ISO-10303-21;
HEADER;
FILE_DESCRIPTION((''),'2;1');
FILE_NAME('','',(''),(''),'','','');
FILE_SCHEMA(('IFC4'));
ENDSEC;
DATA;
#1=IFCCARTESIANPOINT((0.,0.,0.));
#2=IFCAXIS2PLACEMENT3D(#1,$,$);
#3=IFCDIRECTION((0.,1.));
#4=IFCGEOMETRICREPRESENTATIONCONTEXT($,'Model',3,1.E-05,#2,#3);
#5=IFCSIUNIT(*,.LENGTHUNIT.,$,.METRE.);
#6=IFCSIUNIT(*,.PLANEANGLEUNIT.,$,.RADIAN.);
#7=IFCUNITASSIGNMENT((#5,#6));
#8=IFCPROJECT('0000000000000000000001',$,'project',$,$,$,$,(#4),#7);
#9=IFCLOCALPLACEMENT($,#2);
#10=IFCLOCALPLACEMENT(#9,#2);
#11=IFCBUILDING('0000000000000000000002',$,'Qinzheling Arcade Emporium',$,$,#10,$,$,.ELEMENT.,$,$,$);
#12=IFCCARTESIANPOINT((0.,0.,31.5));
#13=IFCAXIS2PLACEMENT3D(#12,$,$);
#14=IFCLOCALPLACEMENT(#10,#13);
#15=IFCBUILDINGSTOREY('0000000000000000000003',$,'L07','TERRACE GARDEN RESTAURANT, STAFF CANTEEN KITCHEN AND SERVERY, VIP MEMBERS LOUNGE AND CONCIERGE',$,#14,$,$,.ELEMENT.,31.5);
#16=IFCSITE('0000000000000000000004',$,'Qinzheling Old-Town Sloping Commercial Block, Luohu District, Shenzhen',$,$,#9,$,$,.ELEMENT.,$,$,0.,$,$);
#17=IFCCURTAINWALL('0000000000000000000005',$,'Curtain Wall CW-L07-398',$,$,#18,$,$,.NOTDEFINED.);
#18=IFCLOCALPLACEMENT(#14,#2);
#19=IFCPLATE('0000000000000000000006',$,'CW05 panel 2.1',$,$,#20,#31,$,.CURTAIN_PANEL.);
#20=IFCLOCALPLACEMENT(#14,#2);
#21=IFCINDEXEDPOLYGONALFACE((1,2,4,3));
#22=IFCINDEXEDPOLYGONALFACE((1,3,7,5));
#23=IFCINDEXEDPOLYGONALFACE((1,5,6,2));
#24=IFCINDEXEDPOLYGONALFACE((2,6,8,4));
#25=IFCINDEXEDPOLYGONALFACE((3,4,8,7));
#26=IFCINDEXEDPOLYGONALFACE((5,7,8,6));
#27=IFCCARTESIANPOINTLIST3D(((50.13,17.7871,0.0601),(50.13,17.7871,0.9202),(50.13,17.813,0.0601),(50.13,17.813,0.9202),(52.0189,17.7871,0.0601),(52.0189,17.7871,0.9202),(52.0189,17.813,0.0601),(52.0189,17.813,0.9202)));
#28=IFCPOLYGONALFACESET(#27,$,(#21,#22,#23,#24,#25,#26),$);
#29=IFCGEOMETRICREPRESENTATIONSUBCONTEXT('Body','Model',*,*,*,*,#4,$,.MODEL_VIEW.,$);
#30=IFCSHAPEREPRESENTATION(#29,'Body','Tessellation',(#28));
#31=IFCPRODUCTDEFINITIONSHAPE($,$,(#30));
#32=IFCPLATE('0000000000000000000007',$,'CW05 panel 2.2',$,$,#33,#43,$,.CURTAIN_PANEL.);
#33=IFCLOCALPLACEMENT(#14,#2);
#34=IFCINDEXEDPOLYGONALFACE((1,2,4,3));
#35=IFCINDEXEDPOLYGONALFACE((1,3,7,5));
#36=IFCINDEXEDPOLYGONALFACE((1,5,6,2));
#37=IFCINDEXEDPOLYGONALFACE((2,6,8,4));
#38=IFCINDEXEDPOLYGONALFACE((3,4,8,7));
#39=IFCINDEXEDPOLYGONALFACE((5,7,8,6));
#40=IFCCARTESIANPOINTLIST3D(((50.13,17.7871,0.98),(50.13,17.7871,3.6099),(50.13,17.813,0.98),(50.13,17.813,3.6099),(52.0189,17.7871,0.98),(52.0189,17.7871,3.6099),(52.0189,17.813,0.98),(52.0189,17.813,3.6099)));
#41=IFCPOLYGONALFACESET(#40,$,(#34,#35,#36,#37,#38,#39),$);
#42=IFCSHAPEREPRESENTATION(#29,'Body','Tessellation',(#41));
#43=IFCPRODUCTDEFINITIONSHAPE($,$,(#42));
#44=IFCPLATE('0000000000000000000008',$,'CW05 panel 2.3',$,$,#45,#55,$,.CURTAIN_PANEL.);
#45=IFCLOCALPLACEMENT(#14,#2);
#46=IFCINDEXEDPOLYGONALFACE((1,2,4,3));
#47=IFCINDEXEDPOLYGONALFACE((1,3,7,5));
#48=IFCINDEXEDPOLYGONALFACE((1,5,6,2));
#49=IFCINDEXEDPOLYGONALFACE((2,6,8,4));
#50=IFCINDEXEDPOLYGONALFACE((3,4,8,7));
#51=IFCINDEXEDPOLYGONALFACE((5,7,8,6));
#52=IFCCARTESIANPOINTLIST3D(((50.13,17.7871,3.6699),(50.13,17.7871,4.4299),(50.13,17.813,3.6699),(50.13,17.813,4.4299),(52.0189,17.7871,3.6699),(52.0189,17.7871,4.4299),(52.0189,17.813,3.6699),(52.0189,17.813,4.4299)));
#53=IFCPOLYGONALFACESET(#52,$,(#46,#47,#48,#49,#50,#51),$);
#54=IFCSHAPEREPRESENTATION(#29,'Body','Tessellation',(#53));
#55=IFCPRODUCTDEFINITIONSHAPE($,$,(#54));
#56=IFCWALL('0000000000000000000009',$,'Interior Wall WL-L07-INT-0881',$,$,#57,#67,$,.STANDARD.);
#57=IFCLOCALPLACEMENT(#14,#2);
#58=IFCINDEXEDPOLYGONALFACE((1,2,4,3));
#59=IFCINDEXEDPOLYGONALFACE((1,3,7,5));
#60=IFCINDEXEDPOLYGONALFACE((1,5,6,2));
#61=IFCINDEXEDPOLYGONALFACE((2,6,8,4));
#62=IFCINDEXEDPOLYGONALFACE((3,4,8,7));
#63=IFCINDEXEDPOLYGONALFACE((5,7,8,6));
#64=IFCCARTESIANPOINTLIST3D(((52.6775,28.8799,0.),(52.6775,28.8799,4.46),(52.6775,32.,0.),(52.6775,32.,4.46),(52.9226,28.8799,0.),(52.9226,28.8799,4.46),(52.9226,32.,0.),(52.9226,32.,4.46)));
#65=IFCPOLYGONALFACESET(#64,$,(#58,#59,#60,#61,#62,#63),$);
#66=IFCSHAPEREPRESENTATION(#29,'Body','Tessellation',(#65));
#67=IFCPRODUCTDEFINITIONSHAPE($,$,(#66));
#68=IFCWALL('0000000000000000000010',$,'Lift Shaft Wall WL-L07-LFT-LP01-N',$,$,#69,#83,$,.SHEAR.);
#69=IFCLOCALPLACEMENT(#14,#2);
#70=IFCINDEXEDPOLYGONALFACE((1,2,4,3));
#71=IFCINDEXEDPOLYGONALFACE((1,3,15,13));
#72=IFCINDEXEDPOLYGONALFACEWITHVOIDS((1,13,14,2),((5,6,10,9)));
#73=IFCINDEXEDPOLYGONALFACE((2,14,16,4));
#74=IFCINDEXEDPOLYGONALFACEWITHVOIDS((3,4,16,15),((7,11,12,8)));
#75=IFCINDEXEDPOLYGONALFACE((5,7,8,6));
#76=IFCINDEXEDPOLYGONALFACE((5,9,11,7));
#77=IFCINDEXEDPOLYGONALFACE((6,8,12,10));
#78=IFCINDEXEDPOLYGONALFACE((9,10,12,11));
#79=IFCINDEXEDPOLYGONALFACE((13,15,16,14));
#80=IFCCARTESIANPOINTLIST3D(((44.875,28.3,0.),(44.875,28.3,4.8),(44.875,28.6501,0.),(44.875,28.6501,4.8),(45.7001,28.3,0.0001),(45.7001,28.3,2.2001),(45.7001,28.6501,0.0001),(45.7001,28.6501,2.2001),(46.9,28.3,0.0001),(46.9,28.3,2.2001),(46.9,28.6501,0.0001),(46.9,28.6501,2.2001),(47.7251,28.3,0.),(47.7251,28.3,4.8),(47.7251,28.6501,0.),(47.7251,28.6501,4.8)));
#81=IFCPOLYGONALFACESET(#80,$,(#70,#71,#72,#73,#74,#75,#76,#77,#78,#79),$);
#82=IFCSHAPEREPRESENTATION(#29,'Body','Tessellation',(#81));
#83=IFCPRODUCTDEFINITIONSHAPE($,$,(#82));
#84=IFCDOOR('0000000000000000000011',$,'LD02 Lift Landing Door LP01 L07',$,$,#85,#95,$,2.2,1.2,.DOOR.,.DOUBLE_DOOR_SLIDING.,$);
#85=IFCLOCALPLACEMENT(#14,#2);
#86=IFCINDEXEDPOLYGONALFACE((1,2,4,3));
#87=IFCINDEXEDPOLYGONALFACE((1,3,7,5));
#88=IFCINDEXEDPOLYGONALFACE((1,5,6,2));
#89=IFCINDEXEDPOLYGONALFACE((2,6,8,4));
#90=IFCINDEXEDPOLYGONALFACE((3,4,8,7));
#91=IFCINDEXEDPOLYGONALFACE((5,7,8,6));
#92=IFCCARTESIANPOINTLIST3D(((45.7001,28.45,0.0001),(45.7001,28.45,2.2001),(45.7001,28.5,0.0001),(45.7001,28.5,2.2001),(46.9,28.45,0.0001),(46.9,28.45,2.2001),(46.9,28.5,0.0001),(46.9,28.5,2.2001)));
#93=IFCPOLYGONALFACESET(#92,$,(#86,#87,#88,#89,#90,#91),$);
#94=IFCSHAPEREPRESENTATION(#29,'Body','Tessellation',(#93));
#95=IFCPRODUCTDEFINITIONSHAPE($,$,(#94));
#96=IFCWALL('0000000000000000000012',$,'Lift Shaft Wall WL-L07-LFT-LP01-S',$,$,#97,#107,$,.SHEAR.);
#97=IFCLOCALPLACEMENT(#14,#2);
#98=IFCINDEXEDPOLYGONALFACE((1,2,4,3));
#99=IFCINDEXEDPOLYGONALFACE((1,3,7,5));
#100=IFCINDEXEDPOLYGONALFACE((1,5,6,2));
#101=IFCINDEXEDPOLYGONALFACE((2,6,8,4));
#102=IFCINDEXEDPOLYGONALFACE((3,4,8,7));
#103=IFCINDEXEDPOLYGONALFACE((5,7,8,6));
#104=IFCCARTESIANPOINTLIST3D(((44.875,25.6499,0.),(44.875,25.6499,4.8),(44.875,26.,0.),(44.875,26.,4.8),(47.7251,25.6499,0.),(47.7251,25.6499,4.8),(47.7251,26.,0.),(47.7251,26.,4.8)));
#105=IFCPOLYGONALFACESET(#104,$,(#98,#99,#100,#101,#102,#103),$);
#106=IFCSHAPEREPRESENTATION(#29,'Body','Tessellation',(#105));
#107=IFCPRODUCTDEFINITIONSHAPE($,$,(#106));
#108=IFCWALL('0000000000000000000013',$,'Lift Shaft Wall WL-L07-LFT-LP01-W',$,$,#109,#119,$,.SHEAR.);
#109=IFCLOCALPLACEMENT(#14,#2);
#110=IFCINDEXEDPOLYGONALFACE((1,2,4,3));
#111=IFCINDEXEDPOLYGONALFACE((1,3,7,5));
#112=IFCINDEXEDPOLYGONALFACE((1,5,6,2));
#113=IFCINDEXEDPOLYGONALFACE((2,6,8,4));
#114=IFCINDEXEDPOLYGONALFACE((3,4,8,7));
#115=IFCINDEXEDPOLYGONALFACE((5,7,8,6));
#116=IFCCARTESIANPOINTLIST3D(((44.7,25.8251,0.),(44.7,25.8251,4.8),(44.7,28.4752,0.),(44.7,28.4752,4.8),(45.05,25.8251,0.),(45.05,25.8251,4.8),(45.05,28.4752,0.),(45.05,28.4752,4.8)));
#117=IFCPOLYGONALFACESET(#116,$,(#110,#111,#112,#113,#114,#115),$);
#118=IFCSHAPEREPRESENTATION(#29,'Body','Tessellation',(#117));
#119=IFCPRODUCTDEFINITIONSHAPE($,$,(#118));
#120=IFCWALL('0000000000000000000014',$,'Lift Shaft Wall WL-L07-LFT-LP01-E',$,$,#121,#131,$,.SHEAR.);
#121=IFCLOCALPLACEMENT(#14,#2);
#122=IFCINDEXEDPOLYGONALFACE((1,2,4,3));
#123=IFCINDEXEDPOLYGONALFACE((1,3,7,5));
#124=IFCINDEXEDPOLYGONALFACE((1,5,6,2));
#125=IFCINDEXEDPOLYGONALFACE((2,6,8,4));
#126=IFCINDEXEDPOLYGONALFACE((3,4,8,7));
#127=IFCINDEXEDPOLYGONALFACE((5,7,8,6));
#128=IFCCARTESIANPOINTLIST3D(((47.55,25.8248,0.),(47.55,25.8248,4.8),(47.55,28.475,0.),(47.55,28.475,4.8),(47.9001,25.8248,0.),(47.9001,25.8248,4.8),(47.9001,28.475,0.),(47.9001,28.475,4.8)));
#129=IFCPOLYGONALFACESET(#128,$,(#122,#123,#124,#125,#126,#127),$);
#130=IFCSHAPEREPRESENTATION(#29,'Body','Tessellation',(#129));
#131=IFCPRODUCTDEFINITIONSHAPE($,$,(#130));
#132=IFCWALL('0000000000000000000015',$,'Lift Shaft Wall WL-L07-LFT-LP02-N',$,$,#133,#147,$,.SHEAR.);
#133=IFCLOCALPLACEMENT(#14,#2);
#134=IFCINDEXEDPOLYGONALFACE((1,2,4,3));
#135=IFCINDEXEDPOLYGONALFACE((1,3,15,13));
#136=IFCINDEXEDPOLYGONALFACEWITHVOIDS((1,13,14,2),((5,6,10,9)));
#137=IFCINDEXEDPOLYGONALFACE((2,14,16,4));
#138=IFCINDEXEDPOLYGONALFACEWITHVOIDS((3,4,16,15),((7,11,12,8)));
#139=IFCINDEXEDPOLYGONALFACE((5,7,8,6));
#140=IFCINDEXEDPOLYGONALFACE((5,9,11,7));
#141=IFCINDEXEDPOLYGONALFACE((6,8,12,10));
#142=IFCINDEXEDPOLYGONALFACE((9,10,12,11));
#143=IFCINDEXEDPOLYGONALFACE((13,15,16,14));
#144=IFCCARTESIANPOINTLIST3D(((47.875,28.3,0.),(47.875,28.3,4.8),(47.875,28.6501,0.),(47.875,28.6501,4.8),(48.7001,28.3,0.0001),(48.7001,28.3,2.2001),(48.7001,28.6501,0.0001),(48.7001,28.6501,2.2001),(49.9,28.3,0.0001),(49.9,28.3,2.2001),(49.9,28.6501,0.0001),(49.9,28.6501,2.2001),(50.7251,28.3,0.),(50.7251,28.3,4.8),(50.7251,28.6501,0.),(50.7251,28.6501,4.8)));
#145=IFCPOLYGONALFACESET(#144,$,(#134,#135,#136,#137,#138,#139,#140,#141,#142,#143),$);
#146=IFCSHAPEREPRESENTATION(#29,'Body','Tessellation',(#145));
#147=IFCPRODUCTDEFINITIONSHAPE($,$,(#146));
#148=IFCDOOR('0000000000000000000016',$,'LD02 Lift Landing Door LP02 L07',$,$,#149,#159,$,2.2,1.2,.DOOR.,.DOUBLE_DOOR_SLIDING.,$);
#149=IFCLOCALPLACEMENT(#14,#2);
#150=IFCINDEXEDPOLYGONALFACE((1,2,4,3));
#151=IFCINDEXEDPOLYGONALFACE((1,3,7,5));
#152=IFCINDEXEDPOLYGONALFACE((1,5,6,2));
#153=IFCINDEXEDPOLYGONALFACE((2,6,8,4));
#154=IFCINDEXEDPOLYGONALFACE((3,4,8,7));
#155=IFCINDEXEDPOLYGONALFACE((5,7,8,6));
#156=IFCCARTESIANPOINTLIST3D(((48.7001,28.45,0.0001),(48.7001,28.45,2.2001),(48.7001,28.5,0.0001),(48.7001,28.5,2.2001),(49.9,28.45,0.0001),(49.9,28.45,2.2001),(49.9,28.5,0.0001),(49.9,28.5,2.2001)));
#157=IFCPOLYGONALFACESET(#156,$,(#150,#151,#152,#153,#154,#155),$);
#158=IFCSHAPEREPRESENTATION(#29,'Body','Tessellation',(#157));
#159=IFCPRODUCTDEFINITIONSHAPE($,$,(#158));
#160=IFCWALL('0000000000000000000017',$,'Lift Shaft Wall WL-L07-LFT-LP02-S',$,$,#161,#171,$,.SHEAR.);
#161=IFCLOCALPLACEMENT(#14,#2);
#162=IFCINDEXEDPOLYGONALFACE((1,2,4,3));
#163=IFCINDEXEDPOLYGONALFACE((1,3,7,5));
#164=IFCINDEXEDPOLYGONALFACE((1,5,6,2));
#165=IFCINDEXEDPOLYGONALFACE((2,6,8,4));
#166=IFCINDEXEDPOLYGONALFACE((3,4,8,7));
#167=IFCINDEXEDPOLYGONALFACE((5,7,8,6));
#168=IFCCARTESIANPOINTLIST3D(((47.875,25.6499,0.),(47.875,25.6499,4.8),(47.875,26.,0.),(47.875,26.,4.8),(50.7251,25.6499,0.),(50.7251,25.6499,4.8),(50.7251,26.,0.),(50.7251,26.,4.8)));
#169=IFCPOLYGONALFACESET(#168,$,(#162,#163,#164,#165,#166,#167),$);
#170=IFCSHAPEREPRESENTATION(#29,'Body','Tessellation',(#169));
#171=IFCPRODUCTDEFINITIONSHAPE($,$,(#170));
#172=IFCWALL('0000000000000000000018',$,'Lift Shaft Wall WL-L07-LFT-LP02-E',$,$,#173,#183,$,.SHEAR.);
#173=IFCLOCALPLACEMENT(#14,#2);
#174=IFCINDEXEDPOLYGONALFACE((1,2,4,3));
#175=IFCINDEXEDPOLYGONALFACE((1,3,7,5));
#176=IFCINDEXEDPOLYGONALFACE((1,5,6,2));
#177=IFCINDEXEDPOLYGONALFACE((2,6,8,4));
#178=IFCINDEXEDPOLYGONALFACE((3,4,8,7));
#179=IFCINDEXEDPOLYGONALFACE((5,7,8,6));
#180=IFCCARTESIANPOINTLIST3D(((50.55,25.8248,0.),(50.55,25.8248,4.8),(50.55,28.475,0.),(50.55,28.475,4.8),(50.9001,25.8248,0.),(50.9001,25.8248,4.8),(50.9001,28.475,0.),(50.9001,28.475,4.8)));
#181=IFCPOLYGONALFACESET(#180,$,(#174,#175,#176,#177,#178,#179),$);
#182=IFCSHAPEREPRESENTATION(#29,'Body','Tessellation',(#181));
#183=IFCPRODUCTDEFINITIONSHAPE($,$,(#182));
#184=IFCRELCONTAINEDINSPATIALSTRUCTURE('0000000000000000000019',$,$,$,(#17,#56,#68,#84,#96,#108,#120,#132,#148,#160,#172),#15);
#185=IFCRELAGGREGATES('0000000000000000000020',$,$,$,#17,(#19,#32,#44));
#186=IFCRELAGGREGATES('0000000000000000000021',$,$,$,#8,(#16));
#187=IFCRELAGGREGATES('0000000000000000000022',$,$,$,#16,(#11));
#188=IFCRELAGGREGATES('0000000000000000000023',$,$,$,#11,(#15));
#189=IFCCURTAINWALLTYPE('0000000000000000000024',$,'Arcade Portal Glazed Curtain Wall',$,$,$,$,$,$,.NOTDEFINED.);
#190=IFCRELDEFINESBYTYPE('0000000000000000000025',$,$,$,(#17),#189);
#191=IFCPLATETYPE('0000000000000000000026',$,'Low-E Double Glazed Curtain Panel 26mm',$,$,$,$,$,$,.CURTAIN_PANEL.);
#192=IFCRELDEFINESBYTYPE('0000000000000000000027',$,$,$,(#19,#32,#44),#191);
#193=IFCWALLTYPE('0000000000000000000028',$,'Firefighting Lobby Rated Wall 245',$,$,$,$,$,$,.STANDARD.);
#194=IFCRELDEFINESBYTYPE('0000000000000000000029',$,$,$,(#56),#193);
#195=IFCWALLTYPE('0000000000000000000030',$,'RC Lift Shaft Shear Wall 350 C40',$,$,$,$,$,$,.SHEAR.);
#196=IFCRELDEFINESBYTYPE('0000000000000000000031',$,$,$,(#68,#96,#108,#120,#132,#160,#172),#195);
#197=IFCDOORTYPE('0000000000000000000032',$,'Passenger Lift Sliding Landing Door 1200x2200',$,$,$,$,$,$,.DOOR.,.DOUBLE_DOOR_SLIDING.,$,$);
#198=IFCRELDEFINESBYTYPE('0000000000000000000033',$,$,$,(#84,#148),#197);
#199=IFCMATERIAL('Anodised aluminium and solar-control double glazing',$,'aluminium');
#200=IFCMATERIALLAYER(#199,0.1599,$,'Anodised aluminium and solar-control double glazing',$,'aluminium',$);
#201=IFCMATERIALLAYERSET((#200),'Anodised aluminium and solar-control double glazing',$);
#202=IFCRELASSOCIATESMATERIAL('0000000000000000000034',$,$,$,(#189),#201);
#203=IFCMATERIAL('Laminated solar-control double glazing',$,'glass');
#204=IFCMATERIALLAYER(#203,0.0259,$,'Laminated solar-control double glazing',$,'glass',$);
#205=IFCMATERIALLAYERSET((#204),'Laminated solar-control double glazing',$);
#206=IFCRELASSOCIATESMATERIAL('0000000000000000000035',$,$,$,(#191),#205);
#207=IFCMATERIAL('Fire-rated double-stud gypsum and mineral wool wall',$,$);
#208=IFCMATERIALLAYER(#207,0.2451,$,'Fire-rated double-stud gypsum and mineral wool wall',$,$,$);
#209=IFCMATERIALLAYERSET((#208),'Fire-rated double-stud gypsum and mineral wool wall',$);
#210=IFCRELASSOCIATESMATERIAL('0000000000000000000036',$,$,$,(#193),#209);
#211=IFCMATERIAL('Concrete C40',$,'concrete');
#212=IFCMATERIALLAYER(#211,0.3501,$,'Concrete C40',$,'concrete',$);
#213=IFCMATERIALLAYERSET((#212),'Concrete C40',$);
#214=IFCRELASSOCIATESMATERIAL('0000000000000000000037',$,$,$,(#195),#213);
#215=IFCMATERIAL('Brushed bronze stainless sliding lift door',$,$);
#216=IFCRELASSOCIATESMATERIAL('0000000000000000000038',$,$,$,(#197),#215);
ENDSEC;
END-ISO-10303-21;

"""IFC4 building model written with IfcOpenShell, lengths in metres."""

from ifc_helpers import new_model, si_unit, direction, frame, frame_2d, origin, origin_2d, place, context, subcontext, project, spatial, rectangle, extrude, material, layer, layer_set, type_object, element, fill, aggregate, save


model = new_model("IFC4")

# Units and contexts
model_context = context("Model", 3, precision=1e-05, world=origin(), true_north=direction((0.0, 1.0)))
body_context = subcontext(model_context, "Body", "Model", "MODEL_VIEW")
ifc_project = project(units=[si_unit("LENGTHUNIT", "METRE"), si_unit("PLANEANGLEUNIT", "RADIAN")], contexts=[model_context])

# Site, building, storey
site_placement = place(None, origin())
site = spatial("IfcSite", under=ifc_project, at=site_placement, Name="Qinzheling Old-Town Sloping Commercial Block, Luohu District, Shenzhen", CompositionType="ELEMENT", RefElevation=0.0)
building_placement = place(site_placement, origin())
building = spatial("IfcBuilding", under=site, at=building_placement, Name="Qinzheling Arcade Emporium", CompositionType="ELEMENT")
storey_placement = place(building_placement, frame((0.0, 0.0, 31.5)))
storey = spatial("IfcBuildingStorey", under=building, at=storey_placement, Name="L07", Description="TERRACE GARDEN RESTAURANT, STAFF CANTEEN KITCHEN AND SERVERY, VIP MEMBERS LOUNGE AND CONCIERGE", CompositionType="ELEMENT", Elevation=31.5)

# Shared definitions
ifc_material_1 = material(Name="Concrete C40", Category="concrete")

# Curtain wall
ifc_material_2 = material(Name="Anodised aluminium and solar-control double glazing", Category="aluminium")
ifc_layer_1 = layer(ifc_material_2, 0.1599, Name="Anodised aluminium and solar-control double glazing", Category="aluminium")
ifc_layer_set_1 = layer_set([ifc_layer_1], Name="Anodised aluminium and solar-control double glazing")
curtain_wall_type = type_object("IfcCurtainWallType", Name="Arcade Portal Glazed Curtain Wall", PredefinedType="NOTDEFINED", material=ifc_layer_set_1)
curtain_wall_placement = place(storey_placement, origin())
curtain_wall = element("IfcCurtainWall", 1, at=curtain_wall_placement, inside=storey, type_object=curtain_wall_type, Name="Curtain Wall CW-L07-398", PredefinedType="NOTDEFINED")

# Plates
ifc_material_3 = material(Name="Laminated solar-control double glazing", Category="glass")
ifc_layer_2 = layer(ifc_material_3, 0.0259, Name="Laminated solar-control double glazing", Category="glass")
ifc_layer_set_2 = layer_set([ifc_layer_2], Name="Laminated solar-control double glazing")
plate_type = type_object("IfcPlateType", Name="Low-E Double Glazed Curtain Panel 26mm", PredefinedType="CURTAIN_PANEL", material=ifc_layer_set_2)
plate_1_placement = place(storey_placement, frame((51.0745, 17.8, 0.0601), z_axis=(0.0, 0.0, 1.0), x_axis=(-1.0, 0.0, 0.0)))
plate_1 = element("IfcPlate", 2, at=plate_1_placement, type_object=plate_type, Name="CW05 panel 2.1", PredefinedType="CURTAIN_PANEL", context=body_context, shape_type="SweptSolid", body=[
    extrude(rectangle(XDim=1.8889, YDim=0.0259, at=origin_2d()), origin(), (0.0, 0.0, 1.0), 0.8601),
])
plate_2_placement = place(storey_placement, frame((51.0745, 17.8, 0.98), z_axis=(0.0, 0.0, 1.0), x_axis=(-1.0, 0.0, 0.0)))
plate_2 = element("IfcPlate", 3, at=plate_2_placement, type_object=plate_type, Name="CW05 panel 2.2", PredefinedType="CURTAIN_PANEL", context=body_context, shape_type="SweptSolid", body=[
    extrude(rectangle(XDim=1.8889, YDim=0.0259, at=origin_2d()), origin(), (0.0, 0.0, 1.0), 2.6299),
])
plate_3_placement = place(storey_placement, frame((51.0745, 17.8, 3.6699), z_axis=(0.0, 0.0, 1.0), x_axis=(-1.0, 0.0, 0.0)))
plate_3 = element("IfcPlate", 4, at=plate_3_placement, type_object=plate_type, Name="CW05 panel 2.3", PredefinedType="CURTAIN_PANEL", context=body_context, shape_type="SweptSolid", body=[
    extrude(rectangle(XDim=1.8889, YDim=0.0259, at=origin_2d()), origin(), (0.0, 0.0, 1.0), 0.76),
])
aggregate(curtain_wall, [plate_1, plate_2, plate_3])

# Wall
ifc_material_4 = material(Name="Fire-rated double-stud gypsum and mineral wool wall")
ifc_layer_3 = layer(ifc_material_4, 0.2451, Name="Fire-rated double-stud gypsum and mineral wool wall")
ifc_layer_set_3 = layer_set([ifc_layer_3], Name="Fire-rated double-stud gypsum and mineral wool wall")
wall_type_1 = type_object("IfcWallType", Name="Firefighting Lobby Rated Wall 245", PredefinedType="STANDARD", material=ifc_layer_set_3)
wall_1_placement = place(storey_placement, frame((52.8, 28.8799, 0.0), z_axis=(0.0, 0.0, 1.0), x_axis=(0.0, 1.0, 0.0)))
element("IfcWall", 5, at=wall_1_placement, inside=storey, type_object=wall_type_1, Name="Interior Wall WL-L07-INT-0881", PredefinedType="STANDARD", context=body_context, shape_type="SweptSolid", body=[
    extrude(rectangle(XDim=3.1201, YDim=0.2451, at=frame_2d((1.5601, 0.0))), origin(), (0.0, 0.0, 1.0), 4.46),
])

# Wall, opening, door
ifc_layer_4 = layer(ifc_material_1, 0.3501, Name="Concrete C40", Category="concrete")
ifc_layer_set_4 = layer_set([ifc_layer_4], Name="Concrete C40")
wall_type_2 = type_object("IfcWallType", Name="RC Lift Shaft Shear Wall 350 C40", PredefinedType="SHEAR", material=ifc_layer_set_4)
wall_2_placement = place(storey_placement, frame((44.875, 28.4751, 0.0), z_axis=(0.0, 0.0, 1.0), x_axis=(1.0, 0.0, 0.0)))
wall_2 = element("IfcWall", 6, at=wall_2_placement, inside=storey, type_object=wall_type_2, Name="Lift Shaft Wall WL-L07-LFT-LP01-N", PredefinedType="SHEAR", context=body_context, shape_type="SweptSolid", body=[
    extrude(rectangle(XDim=2.8501, YDim=0.3501, at=frame_2d((1.425, 0.0))), origin(), (0.0, 0.0, 1.0), 4.8),
])
opening_1_placement = place(wall_2_placement, frame((0.825, 0.0, 0.0)))
opening_1 = element("IfcOpeningElement", 7, at=opening_1_placement, cuts=wall_2, PredefinedType="OPENING", context=body_context, shape_type="SweptSolid", body=[
    extrude(rectangle(XDim=1.2, YDim=2.2, at=frame_2d((0.6001, 1.1001))), frame((0.0, 0.1851, 0.0), z_axis=(0.0, -1.0, 0.0), x_axis=(1.0, 0.0, 0.0)), (0.0, 0.0, 1.0), 0.3701),
])
ifc_material_5 = material(Name="Brushed bronze stainless sliding lift door")
door_type = type_object("IfcDoorType", Name="Passenger Lift Sliding Landing Door 1200x2200", OperationType="DOUBLE_DOOR_SLIDING", PredefinedType="DOOR", material=ifc_material_5)
door_1_placement = place(opening_1_placement, origin())
door_1 = element("IfcDoor", 8, at=door_1_placement, inside=storey, type_object=door_type, Name="LD02 Lift Landing Door LP01 L07", OperationType="DOUBLE_DOOR_SLIDING", OverallHeight=2.2, OverallWidth=1.2, PredefinedType="DOOR", context=body_context, shape_type="SweptSolid", body=[
    extrude(rectangle(XDim=1.2, YDim=2.2, at=frame_2d((0.6001, 1.1001))), frame((0.0, 0.0249, 0.0), z_axis=(0.0, -1.0, 0.0), x_axis=(1.0, 0.0, 0.0)), (0.0, 0.0, 1.0), 0.05),
])
fill(opening_1, door_1)

# Walls
wall_3_placement = place(storey_placement, frame((47.7251, 25.825, 0.0), z_axis=(0.0, 0.0, 1.0), x_axis=(-1.0, 0.0, 0.0)))
element("IfcWall", 9, at=wall_3_placement, inside=storey, type_object=wall_type_2, Name="Lift Shaft Wall WL-L07-LFT-LP01-S", PredefinedType="SHEAR", context=body_context, shape_type="SweptSolid", body=[
    extrude(rectangle(XDim=2.8501, YDim=0.3501, at=frame_2d((1.425, 0.0))), origin(), (0.0, 0.0, 1.0), 4.8),
])
for number, where, z_axis, x_axis, name in (
    (10, (44.875, 25.825, 0.0), (0.0, 0.0, 1.0), (0.0, 1.0, 0.0), "Lift Shaft Wall WL-L07-LFT-LP01-W"),
    (11, (47.7251, 28.4751, 0.0), (0.0, 0.0, 1.0), (0.0, -1.0, 0.0), "Lift Shaft Wall WL-L07-LFT-LP01-E"),
):
    element("IfcWall", number, at=place(storey_placement, frame(where, z_axis=z_axis, x_axis=x_axis)), inside=storey, type_object=wall_type_2, Name=name, PredefinedType="SHEAR", context=body_context, shape_type="SweptSolid", body=[
        extrude(rectangle(XDim=2.6501, YDim=0.3501, at=frame_2d((1.3252, 0.0))), origin(), (0.0, 0.0, 1.0), 4.8),
    ])

# Wall, opening, door
wall_4_placement = place(storey_placement, frame((47.875, 28.4751, 0.0), z_axis=(0.0, 0.0, 1.0), x_axis=(1.0, 0.0, 0.0)))
wall_4 = element("IfcWall", 12, at=wall_4_placement, inside=storey, type_object=wall_type_2, Name="Lift Shaft Wall WL-L07-LFT-LP02-N", PredefinedType="SHEAR", context=body_context, shape_type="SweptSolid", body=[
    extrude(rectangle(XDim=2.8501, YDim=0.3501, at=frame_2d((1.425, 0.0))), origin(), (0.0, 0.0, 1.0), 4.8),
])
opening_2_placement = place(wall_4_placement, frame((0.825, 0.0, 0.0)))
opening_2 = element("IfcOpeningElement", 13, at=opening_2_placement, cuts=wall_4, PredefinedType="OPENING", context=body_context, shape_type="SweptSolid", body=[
    extrude(rectangle(XDim=1.2, YDim=2.2, at=frame_2d((0.6001, 1.1001))), frame((0.0, 0.1851, 0.0), z_axis=(0.0, -1.0, 0.0), x_axis=(1.0, 0.0, 0.0)), (0.0, 0.0, 1.0), 0.3701),
])
door_2_placement = place(opening_2_placement, origin())
door_2 = element("IfcDoor", 14, at=door_2_placement, inside=storey, type_object=door_type, Name="LD02 Lift Landing Door LP02 L07", OperationType="DOUBLE_DOOR_SLIDING", OverallHeight=2.2, OverallWidth=1.2, PredefinedType="DOOR", context=body_context, shape_type="SweptSolid", body=[
    extrude(rectangle(XDim=1.2, YDim=2.2, at=frame_2d((0.6001, 1.1001))), frame((0.0, 0.0249, 0.0), z_axis=(0.0, -1.0, 0.0), x_axis=(1.0, 0.0, 0.0)), (0.0, 0.0, 1.0), 0.05),
])
fill(opening_2, door_2)

# Walls
wall_5_placement = place(storey_placement, frame((50.7251, 25.825, 0.0), z_axis=(0.0, 0.0, 1.0), x_axis=(-1.0, 0.0, 0.0)))
element("IfcWall", 15, at=wall_5_placement, inside=storey, type_object=wall_type_2, Name="Lift Shaft Wall WL-L07-LFT-LP02-S", PredefinedType="SHEAR", context=body_context, shape_type="SweptSolid", body=[
    extrude(rectangle(XDim=2.8501, YDim=0.3501, at=frame_2d((1.425, 0.0))), origin(), (0.0, 0.0, 1.0), 4.8),
])
wall_6_placement = place(storey_placement, frame((50.7251, 28.4751, 0.0), z_axis=(0.0, 0.0, 1.0), x_axis=(0.0, -1.0, 0.0)))
element("IfcWall", 16, at=wall_6_placement, inside=storey, type_object=wall_type_2, Name="Lift Shaft Wall WL-L07-LFT-LP02-E", PredefinedType="SHEAR", context=body_context, shape_type="SweptSolid", body=[
    extrude(rectangle(XDim=2.6501, YDim=0.3501, at=frame_2d((1.3252, 0.0))), origin(), (0.0, 0.0, 1.0), 4.8),
])

save(model, "model.ifc")
